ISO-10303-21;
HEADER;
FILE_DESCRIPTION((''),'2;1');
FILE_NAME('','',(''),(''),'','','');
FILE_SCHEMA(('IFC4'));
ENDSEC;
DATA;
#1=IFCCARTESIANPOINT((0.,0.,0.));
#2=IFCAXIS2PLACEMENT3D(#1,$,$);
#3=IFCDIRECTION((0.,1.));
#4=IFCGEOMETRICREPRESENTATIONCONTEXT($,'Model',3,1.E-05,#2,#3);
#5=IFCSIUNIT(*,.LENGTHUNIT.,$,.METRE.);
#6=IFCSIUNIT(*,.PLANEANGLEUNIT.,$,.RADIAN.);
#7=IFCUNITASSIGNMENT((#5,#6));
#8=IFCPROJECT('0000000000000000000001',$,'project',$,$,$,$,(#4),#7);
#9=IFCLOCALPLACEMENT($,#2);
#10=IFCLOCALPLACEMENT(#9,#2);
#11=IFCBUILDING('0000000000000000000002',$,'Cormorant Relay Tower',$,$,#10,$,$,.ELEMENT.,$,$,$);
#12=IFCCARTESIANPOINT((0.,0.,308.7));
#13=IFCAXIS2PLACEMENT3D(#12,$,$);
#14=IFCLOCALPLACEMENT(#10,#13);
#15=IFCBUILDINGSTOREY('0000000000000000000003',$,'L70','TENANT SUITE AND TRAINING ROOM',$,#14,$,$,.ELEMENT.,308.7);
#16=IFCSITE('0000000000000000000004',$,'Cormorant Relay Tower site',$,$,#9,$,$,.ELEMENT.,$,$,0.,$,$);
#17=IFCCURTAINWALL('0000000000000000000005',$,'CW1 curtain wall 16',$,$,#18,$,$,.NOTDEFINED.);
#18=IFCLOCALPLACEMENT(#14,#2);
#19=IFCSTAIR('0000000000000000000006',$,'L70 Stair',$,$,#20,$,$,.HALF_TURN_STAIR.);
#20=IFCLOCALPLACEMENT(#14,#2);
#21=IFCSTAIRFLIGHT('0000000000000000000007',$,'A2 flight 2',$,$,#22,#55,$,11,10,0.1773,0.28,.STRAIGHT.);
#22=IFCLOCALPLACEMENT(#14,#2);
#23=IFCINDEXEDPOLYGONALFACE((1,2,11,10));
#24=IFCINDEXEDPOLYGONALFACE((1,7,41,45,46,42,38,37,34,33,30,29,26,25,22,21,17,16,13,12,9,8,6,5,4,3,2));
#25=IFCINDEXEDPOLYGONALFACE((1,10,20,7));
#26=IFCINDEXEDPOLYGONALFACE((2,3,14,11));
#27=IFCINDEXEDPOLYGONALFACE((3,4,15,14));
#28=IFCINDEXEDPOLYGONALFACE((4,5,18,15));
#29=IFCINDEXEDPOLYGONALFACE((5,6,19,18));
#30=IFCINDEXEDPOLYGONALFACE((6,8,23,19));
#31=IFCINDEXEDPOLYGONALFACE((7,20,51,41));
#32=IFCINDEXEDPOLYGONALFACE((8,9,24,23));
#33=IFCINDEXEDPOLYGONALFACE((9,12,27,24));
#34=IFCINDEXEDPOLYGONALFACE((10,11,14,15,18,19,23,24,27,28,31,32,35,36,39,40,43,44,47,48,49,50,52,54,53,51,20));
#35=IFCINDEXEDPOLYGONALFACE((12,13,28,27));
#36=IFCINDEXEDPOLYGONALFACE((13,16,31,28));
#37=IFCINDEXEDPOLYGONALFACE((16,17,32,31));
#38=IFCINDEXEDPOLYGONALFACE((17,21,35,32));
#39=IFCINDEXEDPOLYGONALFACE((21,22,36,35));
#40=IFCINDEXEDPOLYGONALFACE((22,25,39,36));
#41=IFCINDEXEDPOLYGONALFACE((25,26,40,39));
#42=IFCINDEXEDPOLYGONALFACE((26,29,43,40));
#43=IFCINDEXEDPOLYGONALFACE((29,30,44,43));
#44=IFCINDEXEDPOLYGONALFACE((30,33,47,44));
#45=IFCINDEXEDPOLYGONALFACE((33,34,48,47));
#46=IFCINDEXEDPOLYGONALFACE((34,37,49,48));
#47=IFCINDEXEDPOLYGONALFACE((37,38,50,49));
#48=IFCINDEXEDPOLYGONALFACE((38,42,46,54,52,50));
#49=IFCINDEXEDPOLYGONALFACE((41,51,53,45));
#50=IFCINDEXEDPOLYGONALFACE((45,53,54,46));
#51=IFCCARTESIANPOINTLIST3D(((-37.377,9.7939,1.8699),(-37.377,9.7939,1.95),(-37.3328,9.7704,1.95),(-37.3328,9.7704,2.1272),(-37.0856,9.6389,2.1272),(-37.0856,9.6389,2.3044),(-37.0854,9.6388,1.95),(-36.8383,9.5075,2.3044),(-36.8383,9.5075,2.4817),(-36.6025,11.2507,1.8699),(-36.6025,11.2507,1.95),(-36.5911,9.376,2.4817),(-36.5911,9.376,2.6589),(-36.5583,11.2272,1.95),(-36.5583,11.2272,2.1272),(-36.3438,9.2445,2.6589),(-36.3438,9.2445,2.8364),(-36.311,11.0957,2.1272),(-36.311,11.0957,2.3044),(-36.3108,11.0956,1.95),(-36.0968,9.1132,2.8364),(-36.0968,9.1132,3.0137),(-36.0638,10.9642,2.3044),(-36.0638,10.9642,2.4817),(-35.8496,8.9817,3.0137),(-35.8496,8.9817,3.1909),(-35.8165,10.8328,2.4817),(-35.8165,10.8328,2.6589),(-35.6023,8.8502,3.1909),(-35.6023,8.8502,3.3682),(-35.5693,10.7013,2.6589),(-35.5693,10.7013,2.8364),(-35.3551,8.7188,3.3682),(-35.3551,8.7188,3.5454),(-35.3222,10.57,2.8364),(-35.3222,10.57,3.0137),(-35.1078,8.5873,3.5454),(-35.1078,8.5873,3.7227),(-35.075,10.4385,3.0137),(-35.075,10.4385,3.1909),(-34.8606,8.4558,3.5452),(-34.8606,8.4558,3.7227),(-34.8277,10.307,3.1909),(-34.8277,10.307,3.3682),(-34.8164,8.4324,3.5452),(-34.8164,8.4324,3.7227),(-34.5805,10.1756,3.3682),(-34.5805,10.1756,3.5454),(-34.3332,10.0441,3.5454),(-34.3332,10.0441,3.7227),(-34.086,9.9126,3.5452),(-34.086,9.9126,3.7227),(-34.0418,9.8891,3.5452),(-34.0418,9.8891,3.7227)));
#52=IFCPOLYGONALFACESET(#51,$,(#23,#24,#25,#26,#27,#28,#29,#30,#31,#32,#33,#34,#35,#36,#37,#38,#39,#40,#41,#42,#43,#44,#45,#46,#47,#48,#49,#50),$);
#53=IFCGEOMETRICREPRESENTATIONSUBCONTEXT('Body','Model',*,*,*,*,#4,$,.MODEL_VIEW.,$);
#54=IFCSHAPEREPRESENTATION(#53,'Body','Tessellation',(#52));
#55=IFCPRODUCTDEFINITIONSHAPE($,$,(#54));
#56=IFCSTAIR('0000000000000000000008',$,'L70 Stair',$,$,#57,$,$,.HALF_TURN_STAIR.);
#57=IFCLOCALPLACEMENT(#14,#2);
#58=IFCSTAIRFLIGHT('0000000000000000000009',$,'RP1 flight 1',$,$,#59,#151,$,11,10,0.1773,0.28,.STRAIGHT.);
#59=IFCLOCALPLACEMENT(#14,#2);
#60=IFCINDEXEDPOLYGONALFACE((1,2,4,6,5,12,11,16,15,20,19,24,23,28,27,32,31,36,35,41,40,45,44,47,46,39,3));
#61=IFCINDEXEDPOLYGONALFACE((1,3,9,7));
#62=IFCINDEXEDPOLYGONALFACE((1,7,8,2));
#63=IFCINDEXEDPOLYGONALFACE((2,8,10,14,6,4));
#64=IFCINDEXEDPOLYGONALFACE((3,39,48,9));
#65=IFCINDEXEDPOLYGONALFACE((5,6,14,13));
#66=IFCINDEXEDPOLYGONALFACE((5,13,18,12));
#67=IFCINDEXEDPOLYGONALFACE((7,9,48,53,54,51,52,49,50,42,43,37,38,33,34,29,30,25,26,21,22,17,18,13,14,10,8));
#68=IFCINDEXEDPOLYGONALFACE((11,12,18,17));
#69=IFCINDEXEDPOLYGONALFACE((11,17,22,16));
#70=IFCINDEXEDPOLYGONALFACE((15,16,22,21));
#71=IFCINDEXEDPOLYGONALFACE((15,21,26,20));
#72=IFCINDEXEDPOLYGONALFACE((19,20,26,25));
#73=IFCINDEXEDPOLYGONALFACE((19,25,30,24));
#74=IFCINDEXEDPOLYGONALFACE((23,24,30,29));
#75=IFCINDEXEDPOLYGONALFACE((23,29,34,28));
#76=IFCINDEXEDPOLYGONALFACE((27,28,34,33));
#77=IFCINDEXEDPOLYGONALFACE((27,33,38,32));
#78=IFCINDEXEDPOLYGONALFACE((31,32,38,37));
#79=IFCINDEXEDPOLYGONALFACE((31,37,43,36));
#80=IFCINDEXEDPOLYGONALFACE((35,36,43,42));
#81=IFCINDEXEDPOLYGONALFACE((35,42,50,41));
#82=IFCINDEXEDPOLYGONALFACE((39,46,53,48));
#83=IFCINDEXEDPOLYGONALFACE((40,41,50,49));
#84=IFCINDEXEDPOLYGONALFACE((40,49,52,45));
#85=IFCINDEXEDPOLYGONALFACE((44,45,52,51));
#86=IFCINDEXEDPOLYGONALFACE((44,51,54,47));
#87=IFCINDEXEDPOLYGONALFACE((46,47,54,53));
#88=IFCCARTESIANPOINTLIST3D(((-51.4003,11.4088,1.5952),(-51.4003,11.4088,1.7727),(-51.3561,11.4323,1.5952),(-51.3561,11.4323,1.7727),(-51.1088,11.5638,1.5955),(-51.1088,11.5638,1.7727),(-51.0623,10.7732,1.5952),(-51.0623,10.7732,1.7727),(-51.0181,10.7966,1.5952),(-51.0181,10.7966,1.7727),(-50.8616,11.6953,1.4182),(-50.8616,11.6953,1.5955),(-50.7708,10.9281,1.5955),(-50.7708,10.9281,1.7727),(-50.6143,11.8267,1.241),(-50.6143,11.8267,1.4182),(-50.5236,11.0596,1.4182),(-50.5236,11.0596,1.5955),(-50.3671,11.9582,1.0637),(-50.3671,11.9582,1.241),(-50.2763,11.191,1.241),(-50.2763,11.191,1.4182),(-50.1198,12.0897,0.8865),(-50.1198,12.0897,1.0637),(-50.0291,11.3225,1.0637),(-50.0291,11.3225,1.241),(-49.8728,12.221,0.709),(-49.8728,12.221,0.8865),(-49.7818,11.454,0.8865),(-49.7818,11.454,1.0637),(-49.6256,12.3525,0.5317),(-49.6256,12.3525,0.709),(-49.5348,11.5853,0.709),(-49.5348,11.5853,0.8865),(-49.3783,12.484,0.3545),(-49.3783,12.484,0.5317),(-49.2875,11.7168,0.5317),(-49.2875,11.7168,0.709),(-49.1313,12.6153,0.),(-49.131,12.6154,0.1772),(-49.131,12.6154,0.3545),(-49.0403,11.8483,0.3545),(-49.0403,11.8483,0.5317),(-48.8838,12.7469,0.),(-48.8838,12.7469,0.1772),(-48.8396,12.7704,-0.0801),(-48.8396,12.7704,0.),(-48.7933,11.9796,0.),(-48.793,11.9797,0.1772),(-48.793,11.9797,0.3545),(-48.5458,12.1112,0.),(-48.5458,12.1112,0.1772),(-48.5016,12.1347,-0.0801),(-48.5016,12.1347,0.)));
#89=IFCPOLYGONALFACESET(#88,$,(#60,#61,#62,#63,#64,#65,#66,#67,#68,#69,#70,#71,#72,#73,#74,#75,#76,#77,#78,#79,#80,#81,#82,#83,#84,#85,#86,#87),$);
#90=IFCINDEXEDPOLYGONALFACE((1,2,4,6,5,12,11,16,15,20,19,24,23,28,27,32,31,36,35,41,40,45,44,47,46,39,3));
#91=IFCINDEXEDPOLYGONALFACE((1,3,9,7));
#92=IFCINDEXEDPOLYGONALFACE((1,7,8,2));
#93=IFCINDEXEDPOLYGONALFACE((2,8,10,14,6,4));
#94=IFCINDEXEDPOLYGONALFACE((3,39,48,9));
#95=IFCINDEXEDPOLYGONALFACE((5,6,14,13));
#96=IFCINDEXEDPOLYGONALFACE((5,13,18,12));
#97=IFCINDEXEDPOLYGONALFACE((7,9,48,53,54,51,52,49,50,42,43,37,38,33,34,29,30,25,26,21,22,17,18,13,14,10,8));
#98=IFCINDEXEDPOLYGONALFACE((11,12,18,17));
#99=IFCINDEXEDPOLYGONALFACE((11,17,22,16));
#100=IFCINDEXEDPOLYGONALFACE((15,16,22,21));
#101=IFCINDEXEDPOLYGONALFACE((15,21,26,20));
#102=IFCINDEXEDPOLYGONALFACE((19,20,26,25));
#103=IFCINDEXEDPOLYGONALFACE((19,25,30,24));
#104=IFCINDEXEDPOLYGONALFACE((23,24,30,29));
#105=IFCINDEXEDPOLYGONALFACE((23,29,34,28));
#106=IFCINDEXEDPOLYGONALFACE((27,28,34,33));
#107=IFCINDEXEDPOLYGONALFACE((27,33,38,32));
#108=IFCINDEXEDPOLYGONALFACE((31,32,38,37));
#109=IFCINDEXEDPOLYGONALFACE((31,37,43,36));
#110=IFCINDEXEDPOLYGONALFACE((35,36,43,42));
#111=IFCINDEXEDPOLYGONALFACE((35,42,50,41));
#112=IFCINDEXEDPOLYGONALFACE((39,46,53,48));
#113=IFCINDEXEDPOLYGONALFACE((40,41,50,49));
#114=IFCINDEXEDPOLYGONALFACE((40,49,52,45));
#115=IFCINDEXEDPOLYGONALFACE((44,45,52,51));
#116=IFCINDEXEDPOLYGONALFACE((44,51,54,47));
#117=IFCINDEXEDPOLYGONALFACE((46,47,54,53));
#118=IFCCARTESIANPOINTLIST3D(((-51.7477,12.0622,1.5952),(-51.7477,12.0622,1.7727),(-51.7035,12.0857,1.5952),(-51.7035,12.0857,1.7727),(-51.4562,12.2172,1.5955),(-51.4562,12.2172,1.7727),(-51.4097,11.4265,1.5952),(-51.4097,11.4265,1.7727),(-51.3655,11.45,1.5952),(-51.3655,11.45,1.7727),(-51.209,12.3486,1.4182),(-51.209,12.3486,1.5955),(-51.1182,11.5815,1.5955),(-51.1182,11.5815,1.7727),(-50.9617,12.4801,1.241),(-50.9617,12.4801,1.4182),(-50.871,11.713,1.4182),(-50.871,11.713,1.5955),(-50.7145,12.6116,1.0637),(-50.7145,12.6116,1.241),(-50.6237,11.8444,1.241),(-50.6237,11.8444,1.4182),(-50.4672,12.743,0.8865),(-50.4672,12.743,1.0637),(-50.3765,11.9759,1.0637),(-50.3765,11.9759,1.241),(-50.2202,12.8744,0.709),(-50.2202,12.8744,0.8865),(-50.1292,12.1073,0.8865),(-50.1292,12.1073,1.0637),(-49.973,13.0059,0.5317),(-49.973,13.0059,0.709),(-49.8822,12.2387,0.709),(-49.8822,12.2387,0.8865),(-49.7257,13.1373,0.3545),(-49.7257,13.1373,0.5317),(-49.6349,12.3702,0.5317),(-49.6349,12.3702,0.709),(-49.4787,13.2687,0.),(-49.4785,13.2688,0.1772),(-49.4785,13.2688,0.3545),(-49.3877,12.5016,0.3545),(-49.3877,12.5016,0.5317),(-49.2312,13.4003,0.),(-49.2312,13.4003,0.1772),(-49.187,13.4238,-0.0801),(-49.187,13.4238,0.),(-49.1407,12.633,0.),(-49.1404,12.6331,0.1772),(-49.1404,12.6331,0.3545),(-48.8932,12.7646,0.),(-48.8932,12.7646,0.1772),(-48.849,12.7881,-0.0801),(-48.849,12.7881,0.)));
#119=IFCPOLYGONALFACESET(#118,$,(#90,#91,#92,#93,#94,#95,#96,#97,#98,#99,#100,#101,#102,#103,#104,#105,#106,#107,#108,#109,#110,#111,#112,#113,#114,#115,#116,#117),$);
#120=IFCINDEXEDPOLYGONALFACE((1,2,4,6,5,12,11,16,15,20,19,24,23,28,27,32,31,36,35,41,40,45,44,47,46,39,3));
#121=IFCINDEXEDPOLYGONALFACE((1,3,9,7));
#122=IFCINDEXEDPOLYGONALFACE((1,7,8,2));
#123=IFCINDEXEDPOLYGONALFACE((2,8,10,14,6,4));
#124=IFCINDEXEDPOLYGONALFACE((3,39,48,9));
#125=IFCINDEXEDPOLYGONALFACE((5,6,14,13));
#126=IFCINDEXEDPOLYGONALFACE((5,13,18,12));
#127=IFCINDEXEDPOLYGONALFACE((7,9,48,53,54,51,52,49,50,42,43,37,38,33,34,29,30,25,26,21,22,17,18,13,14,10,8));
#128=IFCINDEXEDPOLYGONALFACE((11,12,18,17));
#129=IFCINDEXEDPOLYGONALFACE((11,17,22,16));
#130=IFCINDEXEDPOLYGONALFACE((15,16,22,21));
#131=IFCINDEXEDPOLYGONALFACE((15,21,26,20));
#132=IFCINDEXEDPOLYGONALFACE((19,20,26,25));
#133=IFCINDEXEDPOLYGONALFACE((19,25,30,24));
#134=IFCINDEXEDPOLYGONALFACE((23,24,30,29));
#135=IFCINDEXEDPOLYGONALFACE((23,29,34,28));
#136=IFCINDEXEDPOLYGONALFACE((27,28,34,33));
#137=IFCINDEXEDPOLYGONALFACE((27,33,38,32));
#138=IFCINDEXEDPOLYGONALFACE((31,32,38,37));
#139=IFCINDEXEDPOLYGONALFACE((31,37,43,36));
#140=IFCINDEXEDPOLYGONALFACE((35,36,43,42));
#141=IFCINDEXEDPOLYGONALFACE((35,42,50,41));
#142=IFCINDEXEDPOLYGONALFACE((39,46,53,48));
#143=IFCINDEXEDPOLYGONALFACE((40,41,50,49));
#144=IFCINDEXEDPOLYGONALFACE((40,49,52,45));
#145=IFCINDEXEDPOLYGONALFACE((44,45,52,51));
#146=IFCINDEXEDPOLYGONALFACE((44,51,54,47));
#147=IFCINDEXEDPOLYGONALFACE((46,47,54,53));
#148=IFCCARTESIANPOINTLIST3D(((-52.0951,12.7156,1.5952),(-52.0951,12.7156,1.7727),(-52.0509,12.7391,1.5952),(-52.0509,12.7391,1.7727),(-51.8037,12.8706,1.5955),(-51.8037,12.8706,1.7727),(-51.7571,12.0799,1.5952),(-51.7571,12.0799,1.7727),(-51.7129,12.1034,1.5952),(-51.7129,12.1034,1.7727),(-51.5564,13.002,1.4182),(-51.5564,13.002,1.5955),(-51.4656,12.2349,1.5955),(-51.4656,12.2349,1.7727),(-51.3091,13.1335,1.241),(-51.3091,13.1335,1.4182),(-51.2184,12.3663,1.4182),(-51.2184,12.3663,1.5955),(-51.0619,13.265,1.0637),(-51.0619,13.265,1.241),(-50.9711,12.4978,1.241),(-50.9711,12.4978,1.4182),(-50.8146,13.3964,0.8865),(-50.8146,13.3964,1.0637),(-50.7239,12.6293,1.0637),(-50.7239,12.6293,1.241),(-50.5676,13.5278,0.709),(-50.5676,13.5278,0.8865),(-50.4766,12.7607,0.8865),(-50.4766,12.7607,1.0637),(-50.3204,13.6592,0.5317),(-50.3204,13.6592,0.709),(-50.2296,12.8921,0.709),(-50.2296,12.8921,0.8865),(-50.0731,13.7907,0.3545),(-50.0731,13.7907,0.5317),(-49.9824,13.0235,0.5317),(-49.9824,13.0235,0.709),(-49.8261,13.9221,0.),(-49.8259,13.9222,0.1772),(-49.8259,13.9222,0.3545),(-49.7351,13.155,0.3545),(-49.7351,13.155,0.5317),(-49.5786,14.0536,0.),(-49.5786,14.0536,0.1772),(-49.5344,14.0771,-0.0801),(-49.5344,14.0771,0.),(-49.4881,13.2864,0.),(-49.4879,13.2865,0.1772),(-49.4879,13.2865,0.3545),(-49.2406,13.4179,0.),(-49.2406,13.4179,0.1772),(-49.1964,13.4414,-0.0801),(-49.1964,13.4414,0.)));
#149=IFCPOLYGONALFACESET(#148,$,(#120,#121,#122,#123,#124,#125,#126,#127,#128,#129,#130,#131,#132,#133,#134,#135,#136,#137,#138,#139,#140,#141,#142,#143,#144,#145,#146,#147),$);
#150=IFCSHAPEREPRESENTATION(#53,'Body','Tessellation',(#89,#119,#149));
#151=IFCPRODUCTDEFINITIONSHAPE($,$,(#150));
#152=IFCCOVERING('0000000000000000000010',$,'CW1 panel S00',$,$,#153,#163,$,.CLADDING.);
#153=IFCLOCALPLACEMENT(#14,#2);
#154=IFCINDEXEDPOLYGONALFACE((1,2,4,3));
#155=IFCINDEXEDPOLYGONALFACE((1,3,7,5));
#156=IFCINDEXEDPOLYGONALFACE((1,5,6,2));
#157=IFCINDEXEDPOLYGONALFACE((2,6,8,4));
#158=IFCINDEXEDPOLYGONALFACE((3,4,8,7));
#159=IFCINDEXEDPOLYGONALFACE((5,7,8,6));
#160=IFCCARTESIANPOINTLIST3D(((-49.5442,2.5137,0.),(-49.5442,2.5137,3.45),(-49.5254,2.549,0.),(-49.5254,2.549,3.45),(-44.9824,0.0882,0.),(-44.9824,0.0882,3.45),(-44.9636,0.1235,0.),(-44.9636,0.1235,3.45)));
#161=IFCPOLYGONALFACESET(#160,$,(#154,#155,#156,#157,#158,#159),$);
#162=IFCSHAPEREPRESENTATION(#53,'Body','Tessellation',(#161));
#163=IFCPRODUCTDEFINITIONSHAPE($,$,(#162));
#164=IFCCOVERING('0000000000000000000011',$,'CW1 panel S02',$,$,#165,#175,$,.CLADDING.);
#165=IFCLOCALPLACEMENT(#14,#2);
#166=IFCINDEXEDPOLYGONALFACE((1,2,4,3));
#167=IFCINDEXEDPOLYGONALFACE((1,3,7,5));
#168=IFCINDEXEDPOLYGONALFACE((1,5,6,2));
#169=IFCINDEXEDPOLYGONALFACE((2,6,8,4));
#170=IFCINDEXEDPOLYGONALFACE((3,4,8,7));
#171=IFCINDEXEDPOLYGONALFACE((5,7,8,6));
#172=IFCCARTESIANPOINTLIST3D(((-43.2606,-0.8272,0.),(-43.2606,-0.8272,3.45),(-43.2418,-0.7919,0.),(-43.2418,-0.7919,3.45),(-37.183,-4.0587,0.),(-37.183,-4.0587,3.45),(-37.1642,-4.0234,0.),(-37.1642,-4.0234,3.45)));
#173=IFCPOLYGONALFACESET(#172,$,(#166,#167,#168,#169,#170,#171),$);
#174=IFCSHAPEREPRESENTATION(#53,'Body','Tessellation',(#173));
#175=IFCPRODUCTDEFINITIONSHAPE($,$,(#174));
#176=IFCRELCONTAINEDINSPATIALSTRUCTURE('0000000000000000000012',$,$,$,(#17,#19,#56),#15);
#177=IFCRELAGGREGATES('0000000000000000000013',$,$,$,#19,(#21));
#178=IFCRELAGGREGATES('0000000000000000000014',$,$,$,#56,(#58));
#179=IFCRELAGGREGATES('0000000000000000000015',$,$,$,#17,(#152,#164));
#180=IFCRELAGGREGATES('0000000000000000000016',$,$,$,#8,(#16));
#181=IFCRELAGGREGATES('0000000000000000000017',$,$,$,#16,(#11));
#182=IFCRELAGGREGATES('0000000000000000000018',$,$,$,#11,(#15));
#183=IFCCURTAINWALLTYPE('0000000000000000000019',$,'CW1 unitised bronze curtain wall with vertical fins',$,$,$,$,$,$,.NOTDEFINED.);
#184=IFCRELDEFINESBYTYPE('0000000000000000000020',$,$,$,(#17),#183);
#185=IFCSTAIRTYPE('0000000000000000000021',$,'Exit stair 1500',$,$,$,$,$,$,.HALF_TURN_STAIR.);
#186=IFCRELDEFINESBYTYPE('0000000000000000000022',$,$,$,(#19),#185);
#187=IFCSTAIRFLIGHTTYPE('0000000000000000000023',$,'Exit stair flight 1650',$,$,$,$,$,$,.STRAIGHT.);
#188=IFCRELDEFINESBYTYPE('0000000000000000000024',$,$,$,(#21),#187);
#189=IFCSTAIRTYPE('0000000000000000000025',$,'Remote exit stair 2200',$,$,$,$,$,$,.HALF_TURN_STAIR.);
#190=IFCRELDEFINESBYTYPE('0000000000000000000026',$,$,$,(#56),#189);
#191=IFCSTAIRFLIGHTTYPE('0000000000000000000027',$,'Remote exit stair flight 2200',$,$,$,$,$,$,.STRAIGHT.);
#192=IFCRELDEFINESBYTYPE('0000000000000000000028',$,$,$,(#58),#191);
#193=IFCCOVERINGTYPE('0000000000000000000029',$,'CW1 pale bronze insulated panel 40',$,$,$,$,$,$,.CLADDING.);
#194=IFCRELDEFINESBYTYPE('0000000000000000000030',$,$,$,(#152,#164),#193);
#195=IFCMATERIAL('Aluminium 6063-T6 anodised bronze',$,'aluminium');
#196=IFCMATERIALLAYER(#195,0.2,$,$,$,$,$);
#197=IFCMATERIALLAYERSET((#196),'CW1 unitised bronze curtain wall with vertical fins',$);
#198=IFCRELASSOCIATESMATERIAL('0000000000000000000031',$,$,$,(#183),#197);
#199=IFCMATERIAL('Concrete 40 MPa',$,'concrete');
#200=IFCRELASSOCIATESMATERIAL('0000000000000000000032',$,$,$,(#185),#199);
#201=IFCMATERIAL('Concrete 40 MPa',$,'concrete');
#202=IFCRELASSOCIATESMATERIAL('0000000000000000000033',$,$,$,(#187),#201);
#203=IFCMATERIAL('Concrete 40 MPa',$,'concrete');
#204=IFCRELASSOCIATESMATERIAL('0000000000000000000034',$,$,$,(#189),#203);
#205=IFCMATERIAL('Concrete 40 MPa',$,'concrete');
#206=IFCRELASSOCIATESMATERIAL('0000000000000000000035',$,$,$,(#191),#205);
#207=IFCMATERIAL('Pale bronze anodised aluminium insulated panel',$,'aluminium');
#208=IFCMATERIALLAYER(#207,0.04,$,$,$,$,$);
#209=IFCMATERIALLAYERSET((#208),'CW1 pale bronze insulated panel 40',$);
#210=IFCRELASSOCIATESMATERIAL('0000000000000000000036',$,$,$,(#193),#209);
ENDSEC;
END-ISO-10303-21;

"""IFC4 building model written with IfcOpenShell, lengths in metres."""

from ifc_helpers import new_model, si_unit, direction, frame, origin, origin_2d, place, context, subcontext, project, spatial, polyline, rectangle, outline, extrude, material, layer, layer_set, type_object, element, aggregate, save


model = new_model("IFC4")

# Units and contexts
model_context = context("Model", 3, precision=1e-05, world=origin(), true_north=direction((0.0, 1.0)))
body_context = subcontext(model_context, "Body", "Model", "MODEL_VIEW")
ifc_project = project(units=[si_unit("LENGTHUNIT", "METRE"), si_unit("PLANEANGLEUNIT", "RADIAN")], contexts=[model_context])

# Site, building, storey
site_placement = place(None, origin())
site = spatial("IfcSite", under=ifc_project, at=site_placement, Name="Cormorant Relay Tower site", CompositionType="ELEMENT", RefElevation=0.0)
building_placement = place(site_placement, origin())
building = spatial("IfcBuilding", under=site, at=building_placement, Name="Cormorant Relay Tower", CompositionType="ELEMENT")
storey_placement = place(building_placement, frame((0.0, 0.0, 308.7)))
storey = spatial("IfcBuildingStorey", under=building, at=storey_placement, Name="L70", Description="TENANT SUITE AND TRAINING ROOM", CompositionType="ELEMENT", Elevation=308.7)

# Curtain wall
ifc_material_1 = material(Name="Aluminium 6063-T6 anodised bronze", Category="aluminium")
ifc_layer_1 = layer(ifc_material_1, 0.2)
ifc_layer_set_1 = layer_set([ifc_layer_1], Name="CW1 unitised bronze curtain wall with vertical fins")
curtain_wall_type = type_object("IfcCurtainWallType", Name="CW1 unitised bronze curtain wall with vertical fins", PredefinedType="NOTDEFINED", material=ifc_layer_set_1)
curtain_wall_placement = place(storey_placement, origin())
curtain_wall = element("IfcCurtainWall", 1, at=curtain_wall_placement, inside=storey, type_object=curtain_wall_type, Name="CW1 curtain wall 16", PredefinedType="NOTDEFINED")

# Stairs, stair flights
ifc_material_2 = material(Name="Concrete 40 MPa", Category="concrete")
stair_type_1 = type_object("IfcStairType", Name="Exit stair 1500", PredefinedType="HALF_TURN_STAIR", material=ifc_material_2)
stair_1_placement = place(storey_placement, origin())
stair_1 = element("IfcStair", 2, at=stair_1_placement, inside=storey, type_object=stair_type_1, Name="L70 Stair", PredefinedType="HALF_TURN_STAIR")
ifc_material_3 = material(Name="Concrete 40 MPa", Category="concrete")
stair_flight_type_1 = type_object("IfcStairFlightType", Name="Exit stair flight 1650", PredefinedType="STRAIGHT", material=ifc_material_3)
stair_flight_1_placement = place(storey_placement, frame((-36.9456, 10.4988, 1.95), z_axis=(0.0, 0.0, 1.0), x_axis=(0.882948, -0.469472, 0.0)))
stair_flight_1 = element("IfcStairFlight", 3, at=stair_flight_1_placement, type_object=stair_flight_type_1, Name="A2 flight 2", NumberOfRisers=11, NumberOfTreads=10, PredefinedType="STRAIGHT", RiserHeight=0.1773, TreadLength=0.28, context=body_context, shape_type="SweptSolid", body=[
    extrude(outline(polyline([(-0.05, -0.0801), (-0.05, 0.0), (0.0, 0.0), (0.0, 0.1772), (0.28, 0.1772), (0.28, 0.3545), (0.5601, 0.3545), (0.5601, 0.5317), (0.8401, 0.5317), (0.8401, 0.709), (1.1201, 0.709), (1.1201, 0.8865), (1.3999, 0.8865), (1.3999, 1.0637), (1.6799, 1.0637), (1.6799, 1.241), (1.96, 1.241), (1.96, 1.4182), (2.24, 1.4182), (2.24, 1.5955), (2.52, 1.5955), (2.52, 1.7727), (2.8, 1.7727), (2.8501, 1.7727), (2.8501, 1.5952), (2.8, 1.5952), (0.2803, 0.0), (-0.05, -0.0801)])), frame((0.0, 0.825, 0.0), z_axis=(0.0, -1.0, 0.0), x_axis=(1.0, 0.0, 0.0)), (0.0, 0.0, 1.0), 1.6499),
])
aggregate(stair_1, [stair_flight_1])
ifc_material_4 = material(Name="Concrete 40 MPa", Category="concrete")
stair_type_2 = type_object("IfcStairType", Name="Remote exit stair 2200", PredefinedType="HALF_TURN_STAIR", material=ifc_material_4)
stair_2_placement = place(storey_placement, origin())
stair_2 = element("IfcStair", 4, at=stair_2_placement, inside=storey, type_object=stair_type_2, Name="L70 Stair", PredefinedType="HALF_TURN_STAIR")
ifc_material_5 = material(Name="Concrete 40 MPa", Category="concrete")
stair_flight_type_2 = type_object("IfcStairFlightType", Name="Remote exit stair flight 2200", PredefinedType="STRAIGHT", material=ifc_material_5)
stair_flight_2_placement = place(storey_placement, frame((-49.0623, 13.0825, 0.0), z_axis=(0.0, 0.0, 1.0), x_axis=(-0.882948, -0.469472, 0.0)))
stair_flight_2 = element("IfcStairFlight", 5, at=stair_flight_2_placement, type_object=stair_flight_type_2, Name="RP1 flight 1", NumberOfRisers=11, NumberOfTreads=10, PredefinedType="STRAIGHT", RiserHeight=0.1773, TreadLength=0.28, context=body_context, shape_type="SweptSolid", body=[
    extrude(outline(polyline([(-0.05, -0.0801), (-0.05, 0.0), (0.0, 0.0), (0.0, 0.1772), (0.28, 0.1772), (0.28, 0.3545), (0.5601, 0.3545), (0.5601, 0.5317), (0.8401, 0.5317), (0.8401, 0.709), (1.1201, 0.709), (1.1201, 0.8865), (1.3999, 0.8865), (1.3999, 1.0637), (1.6799, 1.0637), (1.6799, 1.241), (1.96, 1.241), (1.96, 1.4182), (2.24, 1.4182), (2.24, 1.5955), (2.52, 1.5955), (2.52, 1.7727), (2.8, 1.7727), (2.8501, 1.7727), (2.8501, 1.5952), (2.8, 1.5952), (0.2803, 0.0), (-0.05, -0.0801)])), frame((0.0, 1.1001, 0.0), z_axis=(0.0, -1.0, 0.0), x_axis=(1.0, 0.0, 0.0)), (0.0, 0.0, 1.0), 0.72),
    extrude(outline(polyline([(-0.05, -0.0801), (-0.05, 0.0), (0.0, 0.0), (0.0, 0.1772), (0.28, 0.1772), (0.28, 0.3545), (0.5601, 0.3545), (0.5601, 0.5317), (0.8401, 0.5317), (0.8401, 0.709), (1.1201, 0.709), (1.1201, 0.8865), (1.3999, 0.8865), (1.3999, 1.0637), (1.6799, 1.0637), (1.6799, 1.241), (1.96, 1.241), (1.96, 1.4182), (2.24, 1.4182), (2.24, 1.5955), (2.52, 1.5955), (2.52, 1.7727), (2.8, 1.7727), (2.8501, 1.7727), (2.8501, 1.5952), (2.8, 1.5952), (0.2803, 0.0), (-0.05, -0.0801)])), frame((0.0, 0.3601, 0.0), z_axis=(0.0, -1.0, 0.0), x_axis=(1.0, 0.0, 0.0)), (0.0, 0.0, 1.0), 0.72),
    extrude(outline(polyline([(-0.05, -0.0801), (-0.05, 0.0), (0.0, 0.0), (0.0, 0.1772), (0.28, 0.1772), (0.28, 0.3545), (0.5601, 0.3545), (0.5601, 0.5317), (0.8401, 0.5317), (0.8401, 0.709), (1.1201, 0.709), (1.1201, 0.8865), (1.3999, 0.8865), (1.3999, 1.0637), (1.6799, 1.0637), (1.6799, 1.241), (1.96, 1.241), (1.96, 1.4182), (2.24, 1.4182), (2.24, 1.5955), (2.52, 1.5955), (2.52, 1.7727), (2.8, 1.7727), (2.8501, 1.7727), (2.8501, 1.5952), (2.8, 1.5952), (0.2803, 0.0), (-0.05, -0.0801)])), frame((0.0, -0.3799, 0.0), z_axis=(0.0, -1.0, 0.0), x_axis=(1.0, 0.0, 0.0)), (0.0, 0.0, 1.0), 0.72),
])
aggregate(stair_2, [stair_flight_2])

# Coverings
ifc_material_6 = material(Name="Pale bronze anodised aluminium insulated panel", Category="aluminium")
ifc_layer_2 = layer(ifc_material_6, 0.04)
ifc_layer_set_2 = layer_set([ifc_layer_2], Name="CW1 pale bronze insulated panel 40")
covering_type = type_object("IfcCoveringType", Name="CW1 pale bronze insulated panel 40", PredefinedType="CLADDING", material=ifc_layer_set_2)
covering_1_placement = place(storey_placement, frame((-47.2539, 1.3186, 0.0), z_axis=(0.0, 0.0, 1.0), x_axis=(0.882948, -0.469472, 0.0)))
covering_1 = element("IfcCovering", 6, at=covering_1_placement, type_object=covering_type, Name="CW1 panel S00", PredefinedType="CLADDING", context=body_context, shape_type="SweptSolid", body=[
    extrude(rectangle(XDim=5.1665, YDim=0.04, at=origin_2d()), origin(), (0.0, 0.0, 1.0), 3.45),
])
covering_2_placement = place(storey_placement, frame((-40.2124, -2.4253, 0.0), z_axis=(0.0, 0.0, 1.0), x_axis=(0.882948, -0.469472, 0.0)))
covering_2 = element("IfcCovering", 7, at=covering_2_placement, type_object=covering_type, Name="CW1 panel S02", PredefinedType="CLADDING", context=body_context, shape_type="SweptSolid", body=[
    extrude(rectangle(XDim=6.8833, YDim=0.04, at=origin_2d()), origin(), (0.0, 0.0, 1.0), 3.45),
])
aggregate(curtain_wall, [covering_1, covering_2])

save(model, "model.ifc")
